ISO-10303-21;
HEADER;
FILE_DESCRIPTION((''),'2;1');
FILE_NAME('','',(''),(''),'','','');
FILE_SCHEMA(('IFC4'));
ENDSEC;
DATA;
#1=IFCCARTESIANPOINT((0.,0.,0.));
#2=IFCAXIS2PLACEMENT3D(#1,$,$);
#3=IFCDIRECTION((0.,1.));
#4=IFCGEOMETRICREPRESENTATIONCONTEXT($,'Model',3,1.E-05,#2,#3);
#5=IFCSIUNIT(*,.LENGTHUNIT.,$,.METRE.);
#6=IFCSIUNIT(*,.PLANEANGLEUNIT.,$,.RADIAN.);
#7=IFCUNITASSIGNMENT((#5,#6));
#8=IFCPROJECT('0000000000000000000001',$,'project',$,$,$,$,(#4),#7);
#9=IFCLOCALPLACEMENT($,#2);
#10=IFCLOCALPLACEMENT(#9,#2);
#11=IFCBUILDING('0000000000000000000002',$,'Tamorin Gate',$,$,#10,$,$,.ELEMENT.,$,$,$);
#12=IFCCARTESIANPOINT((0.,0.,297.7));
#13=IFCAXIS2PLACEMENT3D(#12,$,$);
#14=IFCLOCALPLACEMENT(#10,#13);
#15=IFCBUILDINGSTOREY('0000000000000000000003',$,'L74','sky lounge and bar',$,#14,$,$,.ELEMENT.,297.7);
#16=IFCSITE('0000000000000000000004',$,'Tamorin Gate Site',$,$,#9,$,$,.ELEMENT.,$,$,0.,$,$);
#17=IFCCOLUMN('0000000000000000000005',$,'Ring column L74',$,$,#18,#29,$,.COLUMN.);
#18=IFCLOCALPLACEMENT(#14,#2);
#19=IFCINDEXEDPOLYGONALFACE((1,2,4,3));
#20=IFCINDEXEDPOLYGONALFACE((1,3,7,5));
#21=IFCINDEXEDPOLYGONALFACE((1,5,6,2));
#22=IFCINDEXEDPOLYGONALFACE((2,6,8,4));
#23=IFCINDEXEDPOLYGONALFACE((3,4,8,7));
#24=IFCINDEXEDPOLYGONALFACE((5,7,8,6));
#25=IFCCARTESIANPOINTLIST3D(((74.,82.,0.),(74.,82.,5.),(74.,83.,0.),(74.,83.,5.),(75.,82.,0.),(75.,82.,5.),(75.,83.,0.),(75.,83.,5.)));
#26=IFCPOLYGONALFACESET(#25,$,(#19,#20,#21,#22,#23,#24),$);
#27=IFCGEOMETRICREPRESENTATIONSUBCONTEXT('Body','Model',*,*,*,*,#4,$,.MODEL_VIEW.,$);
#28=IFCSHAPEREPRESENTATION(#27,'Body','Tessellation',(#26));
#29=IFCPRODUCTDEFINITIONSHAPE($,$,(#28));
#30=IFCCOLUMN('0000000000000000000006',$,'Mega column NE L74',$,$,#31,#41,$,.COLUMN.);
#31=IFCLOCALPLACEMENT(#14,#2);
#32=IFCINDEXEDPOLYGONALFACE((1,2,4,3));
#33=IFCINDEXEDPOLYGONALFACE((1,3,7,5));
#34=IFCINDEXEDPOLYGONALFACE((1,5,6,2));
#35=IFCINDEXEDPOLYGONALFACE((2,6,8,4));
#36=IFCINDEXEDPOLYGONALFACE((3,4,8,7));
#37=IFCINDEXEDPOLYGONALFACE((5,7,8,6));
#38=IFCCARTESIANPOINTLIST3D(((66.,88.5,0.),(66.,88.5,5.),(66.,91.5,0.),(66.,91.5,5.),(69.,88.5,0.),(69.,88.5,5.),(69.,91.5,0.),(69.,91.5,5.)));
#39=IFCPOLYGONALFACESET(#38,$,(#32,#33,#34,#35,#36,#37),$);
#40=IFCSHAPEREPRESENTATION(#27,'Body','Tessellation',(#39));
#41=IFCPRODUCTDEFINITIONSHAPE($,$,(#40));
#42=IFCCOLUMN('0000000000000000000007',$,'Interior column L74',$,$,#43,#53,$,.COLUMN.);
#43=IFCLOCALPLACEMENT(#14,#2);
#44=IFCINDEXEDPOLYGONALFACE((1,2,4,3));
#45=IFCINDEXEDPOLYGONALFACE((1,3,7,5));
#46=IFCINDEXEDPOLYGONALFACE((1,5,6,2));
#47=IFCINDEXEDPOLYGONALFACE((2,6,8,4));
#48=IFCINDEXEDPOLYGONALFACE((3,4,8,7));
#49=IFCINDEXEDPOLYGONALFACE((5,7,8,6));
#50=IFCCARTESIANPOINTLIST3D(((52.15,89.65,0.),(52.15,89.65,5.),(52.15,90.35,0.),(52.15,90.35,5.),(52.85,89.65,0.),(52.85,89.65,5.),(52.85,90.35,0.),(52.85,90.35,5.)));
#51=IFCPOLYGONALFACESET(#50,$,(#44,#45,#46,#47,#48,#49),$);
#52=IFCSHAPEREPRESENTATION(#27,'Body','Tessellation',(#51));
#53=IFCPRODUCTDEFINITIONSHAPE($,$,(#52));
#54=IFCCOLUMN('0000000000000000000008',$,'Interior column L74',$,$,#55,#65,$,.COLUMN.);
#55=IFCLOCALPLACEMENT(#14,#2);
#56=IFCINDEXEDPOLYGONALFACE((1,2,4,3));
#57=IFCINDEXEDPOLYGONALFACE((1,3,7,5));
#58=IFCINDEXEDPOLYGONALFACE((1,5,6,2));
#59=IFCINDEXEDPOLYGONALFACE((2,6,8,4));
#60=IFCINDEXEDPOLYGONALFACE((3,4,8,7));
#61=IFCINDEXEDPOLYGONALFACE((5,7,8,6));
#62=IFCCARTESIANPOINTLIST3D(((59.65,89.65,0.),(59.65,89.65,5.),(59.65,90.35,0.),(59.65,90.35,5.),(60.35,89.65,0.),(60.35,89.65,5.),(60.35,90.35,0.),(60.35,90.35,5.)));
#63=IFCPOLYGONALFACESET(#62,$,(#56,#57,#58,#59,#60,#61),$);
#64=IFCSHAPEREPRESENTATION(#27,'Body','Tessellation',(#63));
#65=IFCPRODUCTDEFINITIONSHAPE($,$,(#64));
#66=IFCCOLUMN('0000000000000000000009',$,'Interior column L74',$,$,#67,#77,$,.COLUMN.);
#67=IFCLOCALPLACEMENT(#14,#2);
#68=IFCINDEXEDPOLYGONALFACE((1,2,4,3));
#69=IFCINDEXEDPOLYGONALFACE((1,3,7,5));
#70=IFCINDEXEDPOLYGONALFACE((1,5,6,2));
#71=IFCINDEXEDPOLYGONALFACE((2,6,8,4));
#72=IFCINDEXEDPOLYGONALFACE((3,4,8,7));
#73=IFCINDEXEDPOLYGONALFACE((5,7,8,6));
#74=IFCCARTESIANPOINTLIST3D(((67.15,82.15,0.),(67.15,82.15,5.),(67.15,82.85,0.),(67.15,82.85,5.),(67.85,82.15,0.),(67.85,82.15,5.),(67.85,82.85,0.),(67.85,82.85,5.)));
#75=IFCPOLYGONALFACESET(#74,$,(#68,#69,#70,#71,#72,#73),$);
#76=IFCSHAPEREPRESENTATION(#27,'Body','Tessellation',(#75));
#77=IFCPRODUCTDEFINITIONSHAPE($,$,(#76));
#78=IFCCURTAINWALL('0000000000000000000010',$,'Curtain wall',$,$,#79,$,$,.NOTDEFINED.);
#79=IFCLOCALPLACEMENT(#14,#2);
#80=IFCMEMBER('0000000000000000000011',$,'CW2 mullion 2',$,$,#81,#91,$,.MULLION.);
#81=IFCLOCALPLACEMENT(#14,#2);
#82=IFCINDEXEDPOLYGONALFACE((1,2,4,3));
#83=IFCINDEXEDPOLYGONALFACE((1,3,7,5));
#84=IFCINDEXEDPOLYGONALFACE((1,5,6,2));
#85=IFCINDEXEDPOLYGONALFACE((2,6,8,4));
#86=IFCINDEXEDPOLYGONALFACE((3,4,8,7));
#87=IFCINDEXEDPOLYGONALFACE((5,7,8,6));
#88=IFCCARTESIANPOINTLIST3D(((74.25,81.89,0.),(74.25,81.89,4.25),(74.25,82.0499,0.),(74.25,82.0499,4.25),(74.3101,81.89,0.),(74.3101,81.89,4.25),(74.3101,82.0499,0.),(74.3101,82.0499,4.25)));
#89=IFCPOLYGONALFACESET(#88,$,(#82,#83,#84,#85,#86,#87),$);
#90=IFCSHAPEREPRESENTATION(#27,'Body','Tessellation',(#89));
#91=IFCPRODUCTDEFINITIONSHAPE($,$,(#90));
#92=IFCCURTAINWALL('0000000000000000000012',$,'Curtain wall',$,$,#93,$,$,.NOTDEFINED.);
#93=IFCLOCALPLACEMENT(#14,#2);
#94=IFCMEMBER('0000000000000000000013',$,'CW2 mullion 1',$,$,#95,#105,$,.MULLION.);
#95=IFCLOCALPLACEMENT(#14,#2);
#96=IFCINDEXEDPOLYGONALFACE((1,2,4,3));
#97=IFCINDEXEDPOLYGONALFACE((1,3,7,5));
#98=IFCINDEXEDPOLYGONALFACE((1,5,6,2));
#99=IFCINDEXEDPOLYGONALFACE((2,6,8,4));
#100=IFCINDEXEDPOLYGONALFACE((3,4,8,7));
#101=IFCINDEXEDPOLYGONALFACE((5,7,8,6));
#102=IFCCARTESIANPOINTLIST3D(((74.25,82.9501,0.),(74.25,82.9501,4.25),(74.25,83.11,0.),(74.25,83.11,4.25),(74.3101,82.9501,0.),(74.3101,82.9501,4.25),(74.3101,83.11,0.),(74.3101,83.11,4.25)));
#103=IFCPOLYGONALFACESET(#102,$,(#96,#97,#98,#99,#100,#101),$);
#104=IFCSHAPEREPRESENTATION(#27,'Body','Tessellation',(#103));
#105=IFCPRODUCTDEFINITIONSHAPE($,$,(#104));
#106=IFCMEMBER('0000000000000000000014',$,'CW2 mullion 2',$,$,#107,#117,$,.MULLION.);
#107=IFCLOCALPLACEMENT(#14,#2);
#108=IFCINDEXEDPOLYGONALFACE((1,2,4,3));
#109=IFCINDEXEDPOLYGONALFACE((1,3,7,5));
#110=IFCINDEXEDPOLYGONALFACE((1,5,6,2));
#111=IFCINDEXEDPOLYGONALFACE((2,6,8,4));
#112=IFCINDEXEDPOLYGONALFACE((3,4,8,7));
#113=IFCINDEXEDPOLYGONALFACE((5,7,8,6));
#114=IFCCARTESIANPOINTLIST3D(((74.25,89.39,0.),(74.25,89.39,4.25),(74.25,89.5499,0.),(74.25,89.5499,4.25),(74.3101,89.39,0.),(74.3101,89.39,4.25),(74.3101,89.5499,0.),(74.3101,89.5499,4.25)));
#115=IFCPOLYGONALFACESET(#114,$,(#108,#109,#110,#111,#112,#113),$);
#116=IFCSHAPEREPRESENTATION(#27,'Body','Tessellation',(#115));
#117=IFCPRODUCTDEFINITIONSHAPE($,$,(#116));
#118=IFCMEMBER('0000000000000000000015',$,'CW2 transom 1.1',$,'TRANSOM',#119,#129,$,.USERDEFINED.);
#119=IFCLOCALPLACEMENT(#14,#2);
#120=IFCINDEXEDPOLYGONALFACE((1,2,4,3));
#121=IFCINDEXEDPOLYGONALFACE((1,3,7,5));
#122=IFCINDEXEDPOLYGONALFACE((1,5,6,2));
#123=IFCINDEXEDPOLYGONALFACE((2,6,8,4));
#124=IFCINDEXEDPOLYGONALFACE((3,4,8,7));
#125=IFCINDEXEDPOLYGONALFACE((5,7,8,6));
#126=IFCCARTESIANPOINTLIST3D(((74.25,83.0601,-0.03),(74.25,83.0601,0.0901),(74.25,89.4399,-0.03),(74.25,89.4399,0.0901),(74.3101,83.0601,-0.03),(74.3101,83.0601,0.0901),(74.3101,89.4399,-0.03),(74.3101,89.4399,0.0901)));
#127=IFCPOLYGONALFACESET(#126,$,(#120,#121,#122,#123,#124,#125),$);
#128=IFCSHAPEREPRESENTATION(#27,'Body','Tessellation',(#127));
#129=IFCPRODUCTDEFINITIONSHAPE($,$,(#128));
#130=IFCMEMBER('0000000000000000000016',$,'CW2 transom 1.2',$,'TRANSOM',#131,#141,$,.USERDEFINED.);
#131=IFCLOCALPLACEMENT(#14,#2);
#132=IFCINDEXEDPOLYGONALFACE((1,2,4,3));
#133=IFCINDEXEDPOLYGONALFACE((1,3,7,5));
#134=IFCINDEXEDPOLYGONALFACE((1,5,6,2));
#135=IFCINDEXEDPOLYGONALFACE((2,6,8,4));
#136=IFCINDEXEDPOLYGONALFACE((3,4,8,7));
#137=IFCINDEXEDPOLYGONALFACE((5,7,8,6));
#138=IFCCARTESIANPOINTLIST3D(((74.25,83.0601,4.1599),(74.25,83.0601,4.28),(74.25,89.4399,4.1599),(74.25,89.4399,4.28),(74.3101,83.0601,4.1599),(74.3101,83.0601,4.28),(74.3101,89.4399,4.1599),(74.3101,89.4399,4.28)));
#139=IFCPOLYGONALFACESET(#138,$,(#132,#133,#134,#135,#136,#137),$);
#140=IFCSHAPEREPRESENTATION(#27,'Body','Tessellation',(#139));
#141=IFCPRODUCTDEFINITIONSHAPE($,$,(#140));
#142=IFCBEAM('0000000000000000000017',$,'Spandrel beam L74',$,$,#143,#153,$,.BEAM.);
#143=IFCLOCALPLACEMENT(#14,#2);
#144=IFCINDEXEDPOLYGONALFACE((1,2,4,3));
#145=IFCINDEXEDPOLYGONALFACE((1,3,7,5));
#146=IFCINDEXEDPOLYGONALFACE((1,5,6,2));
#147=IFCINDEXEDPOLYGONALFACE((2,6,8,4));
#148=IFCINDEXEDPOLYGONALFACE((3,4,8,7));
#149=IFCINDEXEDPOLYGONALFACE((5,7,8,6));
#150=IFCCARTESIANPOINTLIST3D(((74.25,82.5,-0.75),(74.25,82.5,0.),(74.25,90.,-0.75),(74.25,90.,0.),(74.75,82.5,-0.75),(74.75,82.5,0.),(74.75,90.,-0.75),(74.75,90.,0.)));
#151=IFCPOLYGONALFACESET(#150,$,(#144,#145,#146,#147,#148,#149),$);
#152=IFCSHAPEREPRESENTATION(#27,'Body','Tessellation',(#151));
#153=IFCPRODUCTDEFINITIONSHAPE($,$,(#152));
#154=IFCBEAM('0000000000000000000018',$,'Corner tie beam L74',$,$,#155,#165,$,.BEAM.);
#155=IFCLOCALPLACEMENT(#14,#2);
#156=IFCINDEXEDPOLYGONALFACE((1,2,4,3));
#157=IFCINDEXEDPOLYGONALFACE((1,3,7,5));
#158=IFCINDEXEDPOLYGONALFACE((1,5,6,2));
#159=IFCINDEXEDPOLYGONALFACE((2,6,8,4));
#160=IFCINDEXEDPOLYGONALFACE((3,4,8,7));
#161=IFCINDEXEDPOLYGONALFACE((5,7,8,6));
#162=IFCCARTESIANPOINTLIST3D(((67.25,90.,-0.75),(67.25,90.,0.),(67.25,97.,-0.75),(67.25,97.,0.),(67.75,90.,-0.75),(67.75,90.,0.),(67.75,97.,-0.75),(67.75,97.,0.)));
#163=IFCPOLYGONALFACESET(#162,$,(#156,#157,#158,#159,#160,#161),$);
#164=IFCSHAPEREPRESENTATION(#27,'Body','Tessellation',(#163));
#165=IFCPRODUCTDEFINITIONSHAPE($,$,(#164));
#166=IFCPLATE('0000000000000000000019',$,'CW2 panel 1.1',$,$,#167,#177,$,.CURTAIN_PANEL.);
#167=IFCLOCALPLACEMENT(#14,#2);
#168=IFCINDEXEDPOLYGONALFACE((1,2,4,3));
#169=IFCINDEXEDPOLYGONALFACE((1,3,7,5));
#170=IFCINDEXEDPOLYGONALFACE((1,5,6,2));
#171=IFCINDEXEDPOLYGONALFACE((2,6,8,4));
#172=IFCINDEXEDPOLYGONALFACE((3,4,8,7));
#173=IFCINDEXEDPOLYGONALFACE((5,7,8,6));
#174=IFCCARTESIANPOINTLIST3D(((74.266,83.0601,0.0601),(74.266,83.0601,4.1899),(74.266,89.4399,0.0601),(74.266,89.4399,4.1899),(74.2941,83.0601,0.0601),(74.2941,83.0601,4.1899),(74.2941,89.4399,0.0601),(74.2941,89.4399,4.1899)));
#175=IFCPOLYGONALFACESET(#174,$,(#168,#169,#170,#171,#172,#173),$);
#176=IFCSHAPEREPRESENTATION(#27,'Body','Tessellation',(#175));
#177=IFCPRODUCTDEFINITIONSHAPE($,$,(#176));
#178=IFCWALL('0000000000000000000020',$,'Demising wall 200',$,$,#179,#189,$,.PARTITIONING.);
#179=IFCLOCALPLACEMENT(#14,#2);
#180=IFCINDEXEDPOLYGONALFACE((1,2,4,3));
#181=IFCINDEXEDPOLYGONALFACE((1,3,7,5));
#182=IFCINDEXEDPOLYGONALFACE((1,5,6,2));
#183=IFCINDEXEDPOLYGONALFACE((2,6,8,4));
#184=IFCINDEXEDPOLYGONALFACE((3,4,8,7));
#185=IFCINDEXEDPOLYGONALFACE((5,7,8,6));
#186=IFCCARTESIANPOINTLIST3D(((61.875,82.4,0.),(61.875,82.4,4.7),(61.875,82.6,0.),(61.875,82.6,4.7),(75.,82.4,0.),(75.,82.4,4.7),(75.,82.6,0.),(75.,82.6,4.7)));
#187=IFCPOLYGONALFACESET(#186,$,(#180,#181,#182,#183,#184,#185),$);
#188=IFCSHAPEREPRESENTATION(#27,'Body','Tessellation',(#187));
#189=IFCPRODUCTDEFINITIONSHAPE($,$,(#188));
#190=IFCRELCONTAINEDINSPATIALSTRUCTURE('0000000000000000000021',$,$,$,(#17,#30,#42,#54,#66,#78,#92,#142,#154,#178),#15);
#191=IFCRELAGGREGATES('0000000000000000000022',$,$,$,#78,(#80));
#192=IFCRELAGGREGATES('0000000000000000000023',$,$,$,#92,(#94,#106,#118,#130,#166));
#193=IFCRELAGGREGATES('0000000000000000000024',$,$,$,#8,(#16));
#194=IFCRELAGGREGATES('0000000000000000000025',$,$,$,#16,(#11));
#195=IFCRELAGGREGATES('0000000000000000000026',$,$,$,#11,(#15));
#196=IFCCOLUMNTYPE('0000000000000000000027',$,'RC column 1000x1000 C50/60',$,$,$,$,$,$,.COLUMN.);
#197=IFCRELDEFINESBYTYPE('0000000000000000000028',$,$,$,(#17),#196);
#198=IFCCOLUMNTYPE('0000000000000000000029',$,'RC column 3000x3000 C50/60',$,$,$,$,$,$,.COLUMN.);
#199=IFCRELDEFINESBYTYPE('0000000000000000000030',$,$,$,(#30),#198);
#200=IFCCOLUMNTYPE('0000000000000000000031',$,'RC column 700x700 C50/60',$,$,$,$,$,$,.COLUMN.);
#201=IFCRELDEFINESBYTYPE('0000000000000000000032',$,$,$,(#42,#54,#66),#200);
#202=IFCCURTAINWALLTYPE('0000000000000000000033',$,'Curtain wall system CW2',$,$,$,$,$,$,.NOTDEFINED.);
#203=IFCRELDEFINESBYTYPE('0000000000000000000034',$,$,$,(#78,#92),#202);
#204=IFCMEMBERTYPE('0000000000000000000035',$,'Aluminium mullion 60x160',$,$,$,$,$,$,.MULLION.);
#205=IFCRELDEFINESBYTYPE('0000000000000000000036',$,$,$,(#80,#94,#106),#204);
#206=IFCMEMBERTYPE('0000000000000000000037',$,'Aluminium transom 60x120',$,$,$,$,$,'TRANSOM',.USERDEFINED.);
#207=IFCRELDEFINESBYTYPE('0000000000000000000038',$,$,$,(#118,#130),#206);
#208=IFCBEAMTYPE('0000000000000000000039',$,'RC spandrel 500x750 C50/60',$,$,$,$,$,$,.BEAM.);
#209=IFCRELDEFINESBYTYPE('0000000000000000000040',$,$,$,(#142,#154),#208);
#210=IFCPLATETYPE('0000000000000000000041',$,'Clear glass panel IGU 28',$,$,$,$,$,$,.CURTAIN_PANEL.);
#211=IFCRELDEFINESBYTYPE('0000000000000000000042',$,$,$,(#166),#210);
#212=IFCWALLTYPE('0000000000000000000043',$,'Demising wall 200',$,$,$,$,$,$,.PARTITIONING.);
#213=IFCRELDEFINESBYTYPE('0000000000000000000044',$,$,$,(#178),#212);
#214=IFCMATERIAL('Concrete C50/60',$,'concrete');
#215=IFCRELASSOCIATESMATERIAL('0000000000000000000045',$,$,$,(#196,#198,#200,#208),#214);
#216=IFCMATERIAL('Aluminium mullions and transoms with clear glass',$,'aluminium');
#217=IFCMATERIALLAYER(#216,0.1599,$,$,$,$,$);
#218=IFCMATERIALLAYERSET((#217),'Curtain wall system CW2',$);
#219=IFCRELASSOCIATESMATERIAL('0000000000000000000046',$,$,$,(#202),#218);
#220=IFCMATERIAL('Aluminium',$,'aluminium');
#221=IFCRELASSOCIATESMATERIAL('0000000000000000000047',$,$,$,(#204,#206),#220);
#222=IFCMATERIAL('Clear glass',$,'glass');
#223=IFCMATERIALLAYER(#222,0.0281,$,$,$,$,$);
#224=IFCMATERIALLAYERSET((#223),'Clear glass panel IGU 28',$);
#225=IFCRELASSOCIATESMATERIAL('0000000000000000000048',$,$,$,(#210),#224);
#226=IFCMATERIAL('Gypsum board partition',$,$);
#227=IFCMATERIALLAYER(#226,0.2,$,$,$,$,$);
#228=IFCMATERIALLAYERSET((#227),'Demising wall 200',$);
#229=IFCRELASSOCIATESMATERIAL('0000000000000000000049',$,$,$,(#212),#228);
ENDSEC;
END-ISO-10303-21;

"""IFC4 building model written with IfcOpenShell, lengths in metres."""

from ifc_helpers import new_model, si_unit, direction, frame, frame_2d, origin, origin_2d, place, context, subcontext, project, spatial, rectangle, extrude, material, layer, layer_set, material_profile, profile_set, type_object, element, aggregate, save


model = new_model("IFC4")

# Units and contexts
model_context = context("Model", 3, precision=1e-05, world=origin(), true_north=direction((0.0, 1.0)))
body_context = subcontext(model_context, "Body", "Model", "MODEL_VIEW")
ifc_project = project(units=[si_unit("LENGTHUNIT", "METRE"), si_unit("PLANEANGLEUNIT", "RADIAN")], contexts=[model_context])

# Site, building, storey
site_placement = place(None, origin())
site = spatial("IfcSite", under=ifc_project, at=site_placement, Name="Tamorin Gate Site", CompositionType="ELEMENT", RefElevation=0.0)
building_placement = place(site_placement, origin())
building = spatial("IfcBuilding", under=site, at=building_placement, Name="Tamorin Gate", CompositionType="ELEMENT")
storey_placement = place(building_placement, frame((0.0, 0.0, 297.7)))
storey = spatial("IfcBuildingStorey", under=building, at=storey_placement, Name="L74", Description="sky lounge and bar", CompositionType="ELEMENT", Elevation=297.7)

# Columns
ifc_material_1 = material(Name="Concrete C50/60", Category="concrete")
ifc_material_profile_1 = material_profile(ifc_material_1, rectangle(XDim=1.0, YDim=1.0, at=origin_2d()), Name="RC 1000x1000")
ifc_profile_set_1 = profile_set([ifc_material_profile_1], Name="Concrete C50/60")
column_type_1 = type_object("IfcColumnType", Name="RC column 1000x1000 C50/60", PredefinedType="COLUMN", material=ifc_profile_set_1)
column_1_placement = place(storey_placement, frame((74.5, 82.5, 0.0), z_axis=(0.0, 0.0, 1.0), x_axis=(1.0, 0.0, 0.0)))
element("IfcColumn", 1, at=column_1_placement, inside=storey, type_object=column_type_1, Name="Ring column L74", PredefinedType="COLUMN", context=body_context, shape_type="SweptSolid", body=[
    extrude(rectangle(XDim=1.0, YDim=1.0, at=origin_2d()), origin(), (0.0, 0.0, 1.0), 5.0),
])
ifc_material_profile_2 = material_profile(ifc_material_1, rectangle(XDim=3.0, YDim=3.0, at=origin_2d()), Name="RC 3000x3000")
ifc_profile_set_2 = profile_set([ifc_material_profile_2], Name="Concrete C50/60")
column_type_2 = type_object("IfcColumnType", Name="RC column 3000x3000 C50/60", PredefinedType="COLUMN", material=ifc_profile_set_2)
column_2_placement = place(storey_placement, frame((67.5, 90.0, 0.0), z_axis=(0.0, 0.0, 1.0), x_axis=(1.0, 0.0, 0.0)))
element("IfcColumn", 2, at=column_2_placement, inside=storey, type_object=column_type_2, Name="Mega column NE L74", PredefinedType="COLUMN", context=body_context, shape_type="SweptSolid", body=[
    extrude(rectangle(XDim=3.0, YDim=3.0, at=origin_2d()), origin(), (0.0, 0.0, 1.0), 5.0),
])
ifc_material_profile_3 = material_profile(ifc_material_1, rectangle(XDim=0.7, YDim=0.7, at=origin_2d()), Name="RC 700x700")
ifc_profile_set_3 = profile_set([ifc_material_profile_3], Name="Concrete C50/60")
column_type_3 = type_object("IfcColumnType", Name="RC column 700x700 C50/60", PredefinedType="COLUMN", material=ifc_profile_set_3)
for number, where, z_axis, x_axis, name in (
    (3, (52.5, 90.0, 0.0), (0.0, 0.0, 1.0), (1.0, 0.0, 0.0), "Interior column L74"),
    (4, (60.0, 90.0, 0.0), (0.0, 0.0, 1.0), (1.0, 0.0, 0.0), "Interior column L74"),
    (5, (67.5, 82.5, 0.0), (0.0, 0.0, 1.0), (1.0, 0.0, 0.0), "Interior column L74"),
):
    element("IfcColumn", number, at=place(storey_placement, frame(where, z_axis=z_axis, x_axis=x_axis)), inside=storey, type_object=column_type_3, Name=name, PredefinedType="COLUMN", context=body_context, shape_type="SweptSolid", body=[
        extrude(rectangle(XDim=0.7, YDim=0.7, at=origin_2d()), origin(), (0.0, 0.0, 1.0), 5.0),
    ])

# Curtain wall, member
ifc_material_2 = material(Name="Aluminium mullions and transoms with clear glass", Category="aluminium")
ifc_layer_1 = layer(ifc_material_2, 0.1599)
ifc_layer_set_1 = layer_set([ifc_layer_1], Name="Curtain wall system CW2")
curtain_wall_type = type_object("IfcCurtainWallType", Name="Curtain wall system CW2", PredefinedType="NOTDEFINED", material=ifc_layer_set_1)
curtain_wall_1_placement = place(storey_placement, origin())
curtain_wall_1 = element("IfcCurtainWall", 6, at=curtain_wall_1_placement, inside=storey, type_object=curtain_wall_type, Name="Curtain wall", PredefinedType="NOTDEFINED")
ifc_material_3 = material(Name="Aluminium", Category="aluminium")
ifc_material_profile_4 = material_profile(ifc_material_3, rectangle(XDim=0.0601, YDim=0.1599, at=origin_2d()), Name="RECT 60x160")
ifc_profile_set_4 = profile_set([ifc_material_profile_4], Name="Aluminium")
member_type_1 = type_object("IfcMemberType", Name="Aluminium mullion 60x160", PredefinedType="MULLION", material=ifc_profile_set_4)
member_1_placement = place(storey_placement, frame((74.28, 81.97, 0.0), z_axis=(0.0, 0.0, 1.0), x_axis=(-1.0, 0.0, 0.0)))
member_1 = element("IfcMember", 7, at=member_1_placement, type_object=member_type_1, Name="CW2 mullion 2", PredefinedType="MULLION", context=body_context, shape_type="SweptSolid", body=[
    extrude(rectangle(XDim=0.0601, YDim=0.1599, at=origin_2d()), origin(), (0.0, 0.0, 1.0), 4.25),
])
aggregate(curtain_wall_1, [member_1])

# Curtain wall, members
curtain_wall_2_placement = place(storey_placement, origin())
curtain_wall_2 = element("IfcCurtainWall", 8, at=curtain_wall_2_placement, inside=storey, type_object=curtain_wall_type, Name="Curtain wall", PredefinedType="NOTDEFINED")
member_2_placement = place(storey_placement, frame((74.28, 83.03, 0.0), z_axis=(0.0, 0.0, 1.0), x_axis=(-1.0, 0.0, 0.0)))
member_2 = element("IfcMember", 9, at=member_2_placement, type_object=member_type_1, Name="CW2 mullion 1", PredefinedType="MULLION", context=body_context, shape_type="SweptSolid", body=[
    extrude(rectangle(XDim=0.0601, YDim=0.1599, at=origin_2d()), origin(), (0.0, 0.0, 1.0), 4.25),
])
member_3_placement = place(storey_placement, frame((74.28, 89.47, 0.0), z_axis=(0.0, 0.0, 1.0), x_axis=(-1.0, 0.0, 0.0)))
member_3 = element("IfcMember", 10, at=member_3_placement, type_object=member_type_1, Name="CW2 mullion 2", PredefinedType="MULLION", context=body_context, shape_type="SweptSolid", body=[
    extrude(rectangle(XDim=0.0601, YDim=0.1599, at=origin_2d()), origin(), (0.0, 0.0, 1.0), 4.25),
])
ifc_material_profile_5 = material_profile(ifc_material_3, rectangle(XDim=0.0601, YDim=0.1201, at=origin_2d()), Name="RECT 60x120")
ifc_profile_set_5 = profile_set([ifc_material_profile_5], Name="Aluminium")
member_type_2 = type_object("IfcMemberType", Name="Aluminium transom 60x120", ElementType="TRANSOM", PredefinedType="USERDEFINED", material=ifc_profile_set_5)
member_4_placement = place(storey_placement, frame((74.28, 83.0601, 0.03), z_axis=(0.0, 1.0, 0.0), x_axis=(-1.0, 0.0, 0.0)))
member_4 = element("IfcMember", 11, at=member_4_placement, type_object=member_type_2, Name="CW2 transom 1.1", ObjectType="TRANSOM", PredefinedType="USERDEFINED", context=body_context, shape_type="SweptSolid", body=[
    extrude(rectangle(XDim=0.0601, YDim=0.1201, at=origin_2d()), origin(), (0.0, 0.0, 1.0), 6.3799),
])
member_5_placement = place(storey_placement, frame((74.28, 83.0601, 4.22), z_axis=(0.0, 1.0, 0.0), x_axis=(-1.0, 0.0, 0.0)))
member_5 = element("IfcMember", 12, at=member_5_placement, type_object=member_type_2, Name="CW2 transom 1.2", ObjectType="TRANSOM", PredefinedType="USERDEFINED", context=body_context, shape_type="SweptSolid", body=[
    extrude(rectangle(XDim=0.0601, YDim=0.1201, at=origin_2d()), origin(), (0.0, 0.0, 1.0), 6.3799),
])

# Beams
ifc_material_profile_6 = material_profile(ifc_material_1, rectangle(XDim=0.5, YDim=0.75, at=origin_2d()), Name="RC 500x750")
ifc_profile_set_6 = profile_set([ifc_material_profile_6], Name="Concrete C50/60")
beam_type = type_object("IfcBeamType", Name="RC spandrel 500x750 C50/60", PredefinedType="BEAM", material=ifc_profile_set_6)
beam_1_placement = place(storey_placement, frame((74.5, 82.5, -0.375), z_axis=(0.0, 1.0, 0.0), x_axis=(-1.0, 0.0, 0.0)))
element("IfcBeam", 13, at=beam_1_placement, inside=storey, type_object=beam_type, Name="Spandrel beam L74", PredefinedType="BEAM", context=body_context, shape_type="SweptSolid", body=[
    extrude(rectangle(XDim=0.5, YDim=0.75, at=origin_2d()), origin(), (0.0, 0.0, 1.0), 7.5),
])
beam_2_placement = place(storey_placement, frame((67.5, 90.0, -0.375), z_axis=(0.0, 1.0, 0.0), x_axis=(-1.0, 0.0, 0.0)))
element("IfcBeam", 14, at=beam_2_placement, inside=storey, type_object=beam_type, Name="Corner tie beam L74", PredefinedType="BEAM", context=body_context, shape_type="SweptSolid", body=[
    extrude(rectangle(XDim=0.5, YDim=0.75, at=origin_2d()), origin(), (0.0, 0.0, 1.0), 7.0),
])

# Plate
ifc_material_4 = material(Name="Clear glass", Category="glass")
ifc_layer_2 = layer(ifc_material_4, 0.0281)
ifc_layer_set_2 = layer_set([ifc_layer_2], Name="Clear glass panel IGU 28")
plate_type = type_object("IfcPlateType", Name="Clear glass panel IGU 28", PredefinedType="CURTAIN_PANEL", material=ifc_layer_set_2)
plate_placement = place(storey_placement, frame((74.28, 86.25, 0.0601), z_axis=(0.0, 0.0, 1.0), x_axis=(0.0, 1.0, 0.0)))
plate = element("IfcPlate", 15, at=plate_placement, type_object=plate_type, Name="CW2 panel 1.1", PredefinedType="CURTAIN_PANEL", context=body_context, shape_type="SweptSolid", body=[
    extrude(rectangle(XDim=6.3799, YDim=0.0281, at=origin_2d()), origin(), (0.0, 0.0, 1.0), 4.1299),
])
aggregate(curtain_wall_2, [member_2, member_3, member_4, member_5, plate])

# Wall
ifc_material_5 = material(Name="Gypsum board partition")
ifc_layer_3 = layer(ifc_material_5, 0.2)
ifc_layer_set_3 = layer_set([ifc_layer_3], Name="Demising wall 200")
wall_type_1 = type_object("IfcWallType", Name="Demising wall 200", PredefinedType="PARTITIONING", material=ifc_layer_set_3)
wall_placement = place(storey_placement, frame((61.875, 82.5, 0.0), z_axis=(0.0, 0.0, 1.0), x_axis=(1.0, 0.0, 0.0)))
element("IfcWall", 16, at=wall_placement, inside=storey, type_object=wall_type_1, Name="Demising wall 200", PredefinedType="PARTITIONING", context=body_context, shape_type="SweptSolid", body=[
    extrude(rectangle(XDim=13.125, YDim=0.2, at=frame_2d((6.5625, 0.0))), origin(), (0.0, 0.0, 1.0), 4.7),
])

save(model, "model.ifc")
